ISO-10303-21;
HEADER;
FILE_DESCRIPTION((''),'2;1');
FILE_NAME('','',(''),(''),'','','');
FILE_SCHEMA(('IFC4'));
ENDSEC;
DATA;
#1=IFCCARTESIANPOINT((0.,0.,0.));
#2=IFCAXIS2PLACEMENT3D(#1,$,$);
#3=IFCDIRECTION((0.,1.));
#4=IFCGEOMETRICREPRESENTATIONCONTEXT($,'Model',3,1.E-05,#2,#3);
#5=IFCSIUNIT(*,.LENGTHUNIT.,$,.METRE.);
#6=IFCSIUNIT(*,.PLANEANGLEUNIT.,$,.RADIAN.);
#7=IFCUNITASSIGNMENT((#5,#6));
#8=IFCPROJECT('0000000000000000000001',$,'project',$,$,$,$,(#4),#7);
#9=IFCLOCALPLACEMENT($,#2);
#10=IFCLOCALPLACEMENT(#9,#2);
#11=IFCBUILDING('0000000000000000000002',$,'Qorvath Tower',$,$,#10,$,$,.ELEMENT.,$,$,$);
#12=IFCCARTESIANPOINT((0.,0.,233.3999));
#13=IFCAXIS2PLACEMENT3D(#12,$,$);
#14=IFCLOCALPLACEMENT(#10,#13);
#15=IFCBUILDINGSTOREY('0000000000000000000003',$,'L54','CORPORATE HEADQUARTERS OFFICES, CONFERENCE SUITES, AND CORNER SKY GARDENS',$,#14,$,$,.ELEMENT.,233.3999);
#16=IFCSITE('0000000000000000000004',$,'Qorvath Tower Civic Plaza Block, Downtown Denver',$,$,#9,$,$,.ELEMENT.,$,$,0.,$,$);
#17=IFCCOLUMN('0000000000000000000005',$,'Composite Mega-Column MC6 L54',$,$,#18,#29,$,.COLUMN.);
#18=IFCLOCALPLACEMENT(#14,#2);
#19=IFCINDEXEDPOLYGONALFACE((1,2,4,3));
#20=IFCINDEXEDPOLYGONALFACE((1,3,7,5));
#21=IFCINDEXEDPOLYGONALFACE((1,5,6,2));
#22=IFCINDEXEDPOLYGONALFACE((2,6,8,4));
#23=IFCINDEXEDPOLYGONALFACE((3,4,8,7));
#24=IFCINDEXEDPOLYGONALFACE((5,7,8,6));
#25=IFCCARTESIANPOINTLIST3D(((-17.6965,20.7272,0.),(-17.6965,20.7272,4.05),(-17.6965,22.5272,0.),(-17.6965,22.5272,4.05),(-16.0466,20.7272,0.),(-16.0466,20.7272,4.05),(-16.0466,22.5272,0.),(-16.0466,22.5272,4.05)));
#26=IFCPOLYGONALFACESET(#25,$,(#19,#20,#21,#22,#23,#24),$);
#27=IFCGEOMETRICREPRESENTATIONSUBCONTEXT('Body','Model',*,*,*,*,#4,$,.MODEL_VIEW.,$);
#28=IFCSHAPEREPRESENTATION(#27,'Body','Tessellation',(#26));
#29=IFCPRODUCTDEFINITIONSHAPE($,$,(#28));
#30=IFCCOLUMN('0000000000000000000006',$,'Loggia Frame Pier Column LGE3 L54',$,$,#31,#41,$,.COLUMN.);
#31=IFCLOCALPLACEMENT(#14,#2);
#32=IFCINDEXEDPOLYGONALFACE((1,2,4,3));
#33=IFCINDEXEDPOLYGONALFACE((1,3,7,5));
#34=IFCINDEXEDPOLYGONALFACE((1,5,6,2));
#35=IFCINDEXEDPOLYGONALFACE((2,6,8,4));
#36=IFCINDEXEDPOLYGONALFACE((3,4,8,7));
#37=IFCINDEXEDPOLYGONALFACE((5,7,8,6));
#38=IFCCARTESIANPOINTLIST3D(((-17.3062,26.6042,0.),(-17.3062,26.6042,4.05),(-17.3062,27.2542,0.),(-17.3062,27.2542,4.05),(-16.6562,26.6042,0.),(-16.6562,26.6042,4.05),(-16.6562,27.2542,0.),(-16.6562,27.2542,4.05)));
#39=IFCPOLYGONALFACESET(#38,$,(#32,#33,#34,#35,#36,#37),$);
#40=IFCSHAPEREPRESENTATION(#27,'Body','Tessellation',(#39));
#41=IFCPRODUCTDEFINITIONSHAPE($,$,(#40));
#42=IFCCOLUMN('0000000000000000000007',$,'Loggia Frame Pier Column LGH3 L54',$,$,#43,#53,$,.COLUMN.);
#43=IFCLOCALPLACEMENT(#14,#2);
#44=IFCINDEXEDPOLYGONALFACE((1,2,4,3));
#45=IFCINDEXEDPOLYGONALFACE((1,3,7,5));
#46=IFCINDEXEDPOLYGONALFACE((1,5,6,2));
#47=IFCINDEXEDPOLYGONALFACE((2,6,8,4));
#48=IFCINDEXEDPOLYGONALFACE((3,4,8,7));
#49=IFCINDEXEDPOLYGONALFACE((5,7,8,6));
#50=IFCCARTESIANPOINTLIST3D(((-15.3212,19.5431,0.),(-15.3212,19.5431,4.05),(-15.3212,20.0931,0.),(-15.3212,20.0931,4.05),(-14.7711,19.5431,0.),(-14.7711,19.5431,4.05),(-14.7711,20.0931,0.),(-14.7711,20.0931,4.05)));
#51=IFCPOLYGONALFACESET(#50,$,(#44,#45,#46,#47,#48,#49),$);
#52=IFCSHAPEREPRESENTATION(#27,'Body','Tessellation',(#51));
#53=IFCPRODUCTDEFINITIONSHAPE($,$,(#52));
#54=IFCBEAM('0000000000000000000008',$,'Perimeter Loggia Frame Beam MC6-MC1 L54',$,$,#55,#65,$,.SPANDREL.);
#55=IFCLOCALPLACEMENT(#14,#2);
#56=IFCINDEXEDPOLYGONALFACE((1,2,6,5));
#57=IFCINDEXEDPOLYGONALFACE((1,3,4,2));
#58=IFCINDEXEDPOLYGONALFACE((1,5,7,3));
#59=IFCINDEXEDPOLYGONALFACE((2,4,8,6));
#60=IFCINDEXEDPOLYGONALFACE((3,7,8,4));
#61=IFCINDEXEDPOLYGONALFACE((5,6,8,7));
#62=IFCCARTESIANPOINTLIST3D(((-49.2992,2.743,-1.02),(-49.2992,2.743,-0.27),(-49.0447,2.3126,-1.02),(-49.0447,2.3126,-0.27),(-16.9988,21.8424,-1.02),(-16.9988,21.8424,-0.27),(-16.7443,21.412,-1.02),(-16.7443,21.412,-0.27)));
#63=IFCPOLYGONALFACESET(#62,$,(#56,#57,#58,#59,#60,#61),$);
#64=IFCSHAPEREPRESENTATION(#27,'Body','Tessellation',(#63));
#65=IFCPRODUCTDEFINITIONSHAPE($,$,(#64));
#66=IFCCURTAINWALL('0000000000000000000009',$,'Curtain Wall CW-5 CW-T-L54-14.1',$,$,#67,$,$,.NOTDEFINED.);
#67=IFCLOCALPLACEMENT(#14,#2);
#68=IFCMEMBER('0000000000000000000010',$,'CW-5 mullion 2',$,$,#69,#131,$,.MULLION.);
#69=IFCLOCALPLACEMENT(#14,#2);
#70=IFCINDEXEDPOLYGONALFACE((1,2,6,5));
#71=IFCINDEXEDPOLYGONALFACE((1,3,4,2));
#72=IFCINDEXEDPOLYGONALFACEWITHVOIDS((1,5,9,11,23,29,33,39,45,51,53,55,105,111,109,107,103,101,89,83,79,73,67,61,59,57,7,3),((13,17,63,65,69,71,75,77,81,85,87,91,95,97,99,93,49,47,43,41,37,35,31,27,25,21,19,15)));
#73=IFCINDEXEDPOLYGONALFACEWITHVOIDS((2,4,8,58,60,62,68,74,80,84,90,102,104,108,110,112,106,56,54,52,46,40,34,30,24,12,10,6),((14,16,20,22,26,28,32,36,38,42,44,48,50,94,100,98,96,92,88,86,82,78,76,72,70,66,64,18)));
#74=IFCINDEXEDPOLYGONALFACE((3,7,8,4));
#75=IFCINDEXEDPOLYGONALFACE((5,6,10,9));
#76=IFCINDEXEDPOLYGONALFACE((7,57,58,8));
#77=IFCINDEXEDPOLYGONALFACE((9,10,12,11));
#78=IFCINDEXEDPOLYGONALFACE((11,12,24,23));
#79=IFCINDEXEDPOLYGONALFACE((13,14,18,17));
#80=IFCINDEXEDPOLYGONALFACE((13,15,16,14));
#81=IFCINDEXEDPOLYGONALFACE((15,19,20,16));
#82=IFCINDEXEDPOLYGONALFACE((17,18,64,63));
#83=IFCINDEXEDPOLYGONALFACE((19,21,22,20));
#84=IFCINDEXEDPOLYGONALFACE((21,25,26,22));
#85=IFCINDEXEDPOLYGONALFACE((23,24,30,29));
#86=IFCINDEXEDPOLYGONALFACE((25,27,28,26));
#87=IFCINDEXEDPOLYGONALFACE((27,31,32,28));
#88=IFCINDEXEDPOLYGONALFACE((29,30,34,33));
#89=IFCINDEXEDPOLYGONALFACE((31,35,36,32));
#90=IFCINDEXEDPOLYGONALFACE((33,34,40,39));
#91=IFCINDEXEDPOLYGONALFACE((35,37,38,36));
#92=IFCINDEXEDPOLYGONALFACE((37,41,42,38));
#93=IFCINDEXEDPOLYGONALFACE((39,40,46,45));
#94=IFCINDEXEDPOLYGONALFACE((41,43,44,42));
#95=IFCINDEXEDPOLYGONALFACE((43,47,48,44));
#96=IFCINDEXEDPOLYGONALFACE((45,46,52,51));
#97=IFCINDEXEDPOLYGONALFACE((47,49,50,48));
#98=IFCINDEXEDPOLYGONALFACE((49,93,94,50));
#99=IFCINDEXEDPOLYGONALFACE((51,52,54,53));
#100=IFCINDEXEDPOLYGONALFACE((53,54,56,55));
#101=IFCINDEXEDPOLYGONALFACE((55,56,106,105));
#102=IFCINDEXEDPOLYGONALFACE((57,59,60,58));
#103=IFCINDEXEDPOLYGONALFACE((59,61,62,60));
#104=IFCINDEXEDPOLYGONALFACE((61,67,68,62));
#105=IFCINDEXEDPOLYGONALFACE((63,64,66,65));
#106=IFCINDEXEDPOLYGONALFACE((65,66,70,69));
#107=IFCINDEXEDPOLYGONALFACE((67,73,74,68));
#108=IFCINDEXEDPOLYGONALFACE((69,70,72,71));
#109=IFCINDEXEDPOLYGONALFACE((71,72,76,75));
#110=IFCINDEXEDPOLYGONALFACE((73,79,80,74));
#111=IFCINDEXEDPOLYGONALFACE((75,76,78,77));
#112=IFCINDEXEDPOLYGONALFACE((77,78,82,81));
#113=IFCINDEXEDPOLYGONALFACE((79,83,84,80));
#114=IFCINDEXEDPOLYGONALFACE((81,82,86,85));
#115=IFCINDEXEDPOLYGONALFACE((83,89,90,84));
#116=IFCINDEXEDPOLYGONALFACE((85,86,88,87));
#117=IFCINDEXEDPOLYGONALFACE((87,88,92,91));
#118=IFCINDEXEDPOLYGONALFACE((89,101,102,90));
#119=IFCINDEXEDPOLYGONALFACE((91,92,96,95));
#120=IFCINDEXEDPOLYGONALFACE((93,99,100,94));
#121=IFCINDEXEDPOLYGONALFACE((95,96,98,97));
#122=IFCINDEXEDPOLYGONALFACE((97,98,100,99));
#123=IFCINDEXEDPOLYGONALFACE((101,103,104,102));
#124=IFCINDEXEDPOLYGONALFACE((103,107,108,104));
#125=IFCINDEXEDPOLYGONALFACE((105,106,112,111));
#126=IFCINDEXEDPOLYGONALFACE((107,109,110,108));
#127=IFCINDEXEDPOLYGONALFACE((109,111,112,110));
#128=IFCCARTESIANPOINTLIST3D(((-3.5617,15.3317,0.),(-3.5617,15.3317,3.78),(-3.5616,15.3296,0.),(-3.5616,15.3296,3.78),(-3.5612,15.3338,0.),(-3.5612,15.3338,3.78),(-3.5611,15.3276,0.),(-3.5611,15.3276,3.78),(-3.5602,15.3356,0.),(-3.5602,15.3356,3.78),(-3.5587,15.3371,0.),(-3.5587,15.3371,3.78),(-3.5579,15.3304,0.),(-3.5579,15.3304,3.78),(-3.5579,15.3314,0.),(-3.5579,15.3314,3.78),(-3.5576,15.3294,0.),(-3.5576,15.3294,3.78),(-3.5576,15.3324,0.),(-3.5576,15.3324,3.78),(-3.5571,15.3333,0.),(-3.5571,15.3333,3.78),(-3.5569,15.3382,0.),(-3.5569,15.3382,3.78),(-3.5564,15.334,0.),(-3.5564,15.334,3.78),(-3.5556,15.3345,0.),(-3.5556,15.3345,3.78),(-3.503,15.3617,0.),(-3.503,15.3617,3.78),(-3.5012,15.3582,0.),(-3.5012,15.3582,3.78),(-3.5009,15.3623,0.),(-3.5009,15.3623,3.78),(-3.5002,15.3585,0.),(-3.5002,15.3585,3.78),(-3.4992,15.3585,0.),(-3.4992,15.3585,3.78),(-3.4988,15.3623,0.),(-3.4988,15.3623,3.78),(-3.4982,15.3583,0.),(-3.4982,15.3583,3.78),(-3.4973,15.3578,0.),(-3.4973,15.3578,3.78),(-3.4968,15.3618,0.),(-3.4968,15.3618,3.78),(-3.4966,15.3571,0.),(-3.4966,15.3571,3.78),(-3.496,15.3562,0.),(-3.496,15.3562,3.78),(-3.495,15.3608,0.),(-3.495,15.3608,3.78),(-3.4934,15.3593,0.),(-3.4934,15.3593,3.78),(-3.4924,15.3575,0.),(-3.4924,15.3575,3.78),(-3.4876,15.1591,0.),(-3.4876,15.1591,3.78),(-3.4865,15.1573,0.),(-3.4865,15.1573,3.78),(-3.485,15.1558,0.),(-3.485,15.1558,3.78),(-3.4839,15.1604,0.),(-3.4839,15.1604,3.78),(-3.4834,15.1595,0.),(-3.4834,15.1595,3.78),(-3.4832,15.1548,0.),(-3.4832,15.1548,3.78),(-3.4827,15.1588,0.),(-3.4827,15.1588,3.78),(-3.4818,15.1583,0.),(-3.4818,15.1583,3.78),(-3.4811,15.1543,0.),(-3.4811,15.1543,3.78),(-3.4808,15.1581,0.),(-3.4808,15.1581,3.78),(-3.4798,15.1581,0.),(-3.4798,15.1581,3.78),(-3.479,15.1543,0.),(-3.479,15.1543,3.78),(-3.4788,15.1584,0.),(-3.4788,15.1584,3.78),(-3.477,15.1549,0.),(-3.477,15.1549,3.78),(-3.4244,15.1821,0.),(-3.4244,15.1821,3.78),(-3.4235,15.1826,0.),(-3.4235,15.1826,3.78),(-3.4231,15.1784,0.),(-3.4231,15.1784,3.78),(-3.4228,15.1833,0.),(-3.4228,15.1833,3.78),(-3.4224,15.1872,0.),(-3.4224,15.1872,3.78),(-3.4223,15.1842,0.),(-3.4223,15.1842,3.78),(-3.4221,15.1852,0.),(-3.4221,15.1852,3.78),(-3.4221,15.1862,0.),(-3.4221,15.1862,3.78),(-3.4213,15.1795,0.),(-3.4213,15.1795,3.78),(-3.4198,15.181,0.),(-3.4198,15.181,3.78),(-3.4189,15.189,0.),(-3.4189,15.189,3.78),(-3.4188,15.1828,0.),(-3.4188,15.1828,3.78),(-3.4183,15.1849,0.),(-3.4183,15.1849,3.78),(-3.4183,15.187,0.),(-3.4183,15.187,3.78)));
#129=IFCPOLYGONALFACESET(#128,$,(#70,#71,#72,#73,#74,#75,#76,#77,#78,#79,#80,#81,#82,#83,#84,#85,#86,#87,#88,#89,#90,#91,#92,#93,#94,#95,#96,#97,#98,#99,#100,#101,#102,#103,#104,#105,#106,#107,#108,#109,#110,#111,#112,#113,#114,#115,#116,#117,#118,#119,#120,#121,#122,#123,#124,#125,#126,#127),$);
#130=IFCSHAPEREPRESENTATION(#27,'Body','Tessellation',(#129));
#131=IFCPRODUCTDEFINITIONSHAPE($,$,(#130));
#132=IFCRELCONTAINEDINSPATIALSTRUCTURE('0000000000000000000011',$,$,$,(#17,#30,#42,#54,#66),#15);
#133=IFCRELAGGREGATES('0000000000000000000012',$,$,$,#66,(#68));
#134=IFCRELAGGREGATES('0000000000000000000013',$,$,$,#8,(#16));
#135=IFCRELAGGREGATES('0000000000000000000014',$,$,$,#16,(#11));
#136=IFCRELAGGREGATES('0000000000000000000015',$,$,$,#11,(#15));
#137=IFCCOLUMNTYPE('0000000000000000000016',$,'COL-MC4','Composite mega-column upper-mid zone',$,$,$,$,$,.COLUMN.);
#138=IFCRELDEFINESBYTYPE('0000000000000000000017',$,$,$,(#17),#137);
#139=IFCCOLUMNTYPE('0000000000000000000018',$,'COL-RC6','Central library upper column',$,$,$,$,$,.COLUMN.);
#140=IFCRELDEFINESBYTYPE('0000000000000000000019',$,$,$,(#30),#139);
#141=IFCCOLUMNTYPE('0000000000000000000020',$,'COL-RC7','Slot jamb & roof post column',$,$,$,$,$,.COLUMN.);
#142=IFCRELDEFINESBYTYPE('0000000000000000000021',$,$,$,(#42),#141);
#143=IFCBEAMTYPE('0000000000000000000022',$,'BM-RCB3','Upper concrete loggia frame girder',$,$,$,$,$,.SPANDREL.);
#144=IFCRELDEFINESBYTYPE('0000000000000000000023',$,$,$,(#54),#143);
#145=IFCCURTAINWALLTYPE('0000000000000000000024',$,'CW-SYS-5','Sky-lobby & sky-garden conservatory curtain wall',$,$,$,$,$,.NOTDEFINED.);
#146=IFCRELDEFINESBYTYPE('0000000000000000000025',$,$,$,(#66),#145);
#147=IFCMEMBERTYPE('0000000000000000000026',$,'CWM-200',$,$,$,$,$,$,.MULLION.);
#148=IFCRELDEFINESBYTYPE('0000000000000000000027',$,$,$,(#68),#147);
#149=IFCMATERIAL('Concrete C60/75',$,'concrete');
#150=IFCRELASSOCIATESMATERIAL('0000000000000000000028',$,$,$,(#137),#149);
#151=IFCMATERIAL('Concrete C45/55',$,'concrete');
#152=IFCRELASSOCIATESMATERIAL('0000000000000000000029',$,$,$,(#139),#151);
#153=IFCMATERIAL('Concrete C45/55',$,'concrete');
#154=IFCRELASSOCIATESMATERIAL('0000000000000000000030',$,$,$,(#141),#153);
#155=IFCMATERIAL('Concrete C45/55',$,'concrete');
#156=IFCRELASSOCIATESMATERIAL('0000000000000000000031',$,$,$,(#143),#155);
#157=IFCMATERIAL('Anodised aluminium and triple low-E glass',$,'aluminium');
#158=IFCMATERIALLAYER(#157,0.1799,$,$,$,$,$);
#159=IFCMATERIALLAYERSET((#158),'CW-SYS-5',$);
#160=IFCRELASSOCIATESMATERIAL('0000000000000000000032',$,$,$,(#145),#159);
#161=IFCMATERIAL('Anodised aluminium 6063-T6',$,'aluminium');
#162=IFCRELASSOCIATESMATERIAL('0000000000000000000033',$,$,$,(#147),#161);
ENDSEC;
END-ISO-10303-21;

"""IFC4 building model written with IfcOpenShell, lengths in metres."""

from ifc_helpers import new_model, si_unit, direction, frame, origin, origin_2d, place, context, subcontext, project, spatial, rectangle, hollow_rectangle, extrude, material, layer, layer_set, material_profile, profile_set, type_object, element, aggregate, save


model = new_model("IFC4")

# Units and contexts
model_context = context("Model", 3, precision=1e-05, world=origin(), true_north=direction((0.0, 1.0)))
body_context = subcontext(model_context, "Body", "Model", "MODEL_VIEW")
ifc_project = project(units=[si_unit("LENGTHUNIT", "METRE"), si_unit("PLANEANGLEUNIT", "RADIAN")], contexts=[model_context])

# Site, building, storey
site_placement = place(None, origin())
site = spatial("IfcSite", under=ifc_project, at=site_placement, Name="Qorvath Tower Civic Plaza Block, Downtown Denver", CompositionType="ELEMENT", RefElevation=0.0)
building_placement = place(site_placement, origin())
building = spatial("IfcBuilding", under=site, at=building_placement, Name="Qorvath Tower", CompositionType="ELEMENT")
storey_placement = place(building_placement, frame((0.0, 0.0, 233.3999)))
storey = spatial("IfcBuildingStorey", under=building, at=storey_placement, Name="L54", Description="CORPORATE HEADQUARTERS OFFICES, CONFERENCE SUITES, AND CORNER SKY GARDENS", CompositionType="ELEMENT", Elevation=233.3999)

# Columns
ifc_material_1 = material(Name="Concrete C60/75", Category="concrete")
ifc_material_profile_1 = material_profile(ifc_material_1, rectangle(XDim=1.6499, YDim=1.8, at=origin_2d()), Name="MC 1800x1650")
ifc_profile_set_1 = profile_set([ifc_material_profile_1], Name="Concrete C60/75")
column_type_1 = type_object("IfcColumnType", Name="COL-MC4", Description="Composite mega-column upper-mid zone", PredefinedType="COLUMN", material=ifc_profile_set_1)
column_1_placement = place(storey_placement, frame((-16.8716, 21.6272, 0.0), z_axis=(0.0, 0.0, 1.0), x_axis=(1.0, 0.0, 0.0)))
element("IfcColumn", 1, at=column_1_placement, inside=storey, type_object=column_type_1, Name="Composite Mega-Column MC6 L54", PredefinedType="COLUMN", context=body_context, shape_type="SweptSolid", body=[
    extrude(rectangle(XDim=1.6499, YDim=1.8, at=origin_2d()), origin(), (0.0, 0.0, 1.0), 4.05),
])
ifc_material_2 = material(Name="Concrete C45/55", Category="concrete")
ifc_material_profile_2 = material_profile(ifc_material_2, rectangle(XDim=0.6499, YDim=0.6499, at=origin_2d()), Name="RC 650x650")
ifc_profile_set_2 = profile_set([ifc_material_profile_2], Name="Concrete C45/55")
column_type_2 = type_object("IfcColumnType", Name="COL-RC6", Description="Central library upper column", PredefinedType="COLUMN", material=ifc_profile_set_2)
column_2_placement = place(storey_placement, frame((-16.9812, 26.9292, 0.0), z_axis=(0.0, 0.0, 1.0), x_axis=(1.0, 0.0, 0.0)))
element("IfcColumn", 2, at=column_2_placement, inside=storey, type_object=column_type_2, Name="Loggia Frame Pier Column LGE3 L54", PredefinedType="COLUMN", context=body_context, shape_type="SweptSolid", body=[
    extrude(rectangle(XDim=0.6499, YDim=0.6499, at=origin_2d()), origin(), (0.0, 0.0, 1.0), 4.05),
])
ifc_material_3 = material(Name="Concrete C45/55", Category="concrete")
ifc_material_profile_3 = material_profile(ifc_material_3, rectangle(XDim=0.55, YDim=0.55, at=origin_2d()), Name="RC 550x550")
ifc_profile_set_3 = profile_set([ifc_material_profile_3], Name="Concrete C45/55")
column_type_3 = type_object("IfcColumnType", Name="COL-RC7", Description="Slot jamb & roof post column", PredefinedType="COLUMN", material=ifc_profile_set_3)
column_3_placement = place(storey_placement, frame((-15.0461, 19.8181, 0.0), z_axis=(0.0, 0.0, 1.0), x_axis=(1.0, 0.0, 0.0)))
element("IfcColumn", 3, at=column_3_placement, inside=storey, type_object=column_type_3, Name="Loggia Frame Pier Column LGH3 L54", PredefinedType="COLUMN", context=body_context, shape_type="SweptSolid", body=[
    extrude(rectangle(XDim=0.55, YDim=0.55, at=origin_2d()), origin(), (0.0, 0.0, 1.0), 4.05),
])

# Beam
ifc_material_4 = material(Name="Concrete C45/55", Category="concrete")
ifc_material_profile_4 = material_profile(ifc_material_4, rectangle(XDim=0.5, YDim=0.75, at=origin_2d()), Name="RCB 750x500")
ifc_profile_set_4 = profile_set([ifc_material_profile_4], Name="Concrete C45/55")
beam_type = type_object("IfcBeamType", Name="BM-RCB3", Description="Upper concrete loggia frame girder", PredefinedType="SPANDREL", material=ifc_profile_set_4)
beam_placement = place(storey_placement, frame((-16.8716, 21.6272, -0.645), z_axis=(-0.860777, -0.508983, 0.0), x_axis=(0.508983, -0.860777, 0.0)))
element("IfcBeam", 4, at=beam_placement, inside=storey, type_object=beam_type, Name="Perimeter Loggia Frame Beam MC6-MC1 L54", PredefinedType="SPANDREL", context=body_context, shape_type="SweptSolid", body=[
    extrude(rectangle(XDim=0.5, YDim=0.75, at=origin_2d()), origin(), (0.0, 0.0, 1.0), 37.5247),
])

# Curtain wall, member
ifc_material_5 = material(Name="Anodised aluminium and triple low-E glass", Category="aluminium")
ifc_layer_1 = layer(ifc_material_5, 0.1799)
ifc_layer_set_1 = layer_set([ifc_layer_1], Name="CW-SYS-5")
curtain_wall_type = type_object("IfcCurtainWallType", Name="CW-SYS-5", Description="Sky-lobby & sky-garden conservatory curtain wall", PredefinedType="NOTDEFINED", material=ifc_layer_set_1)
curtain_wall_1_placement = place(storey_placement, origin())
curtain_wall_1 = element("IfcCurtainWall", 5, at=curtain_wall_1_placement, inside=storey, type_object=curtain_wall_type, Name="Curtain Wall CW-5 CW-T-L54-14.1", PredefinedType="NOTDEFINED")
ifc_material_6 = material(Name="Anodised aluminium 6063-T6", Category="aluminium")
ifc_material_profile_5 = material_profile(ifc_material_6, hollow_rectangle(XDim=0.075, YDim=0.2, WallThickness=0.0039, InnerFilletRadius=0.0039, OuterFilletRadius=0.0081, at=origin_2d()), Name="CWM 200x75")
ifc_profile_set_5 = profile_set([ifc_material_profile_5], Name="Anodised aluminium 6063-T6")
member_type_1 = type_object("IfcMemberType", Name="CWM-200", PredefinedType="MULLION", material=ifc_profile_set_5)
member_1_placement = place(storey_placement, frame((-3.49, 15.2583, 0.0), z_axis=(0.0, 0.0, 1.0), x_axis=(-0.916729, -0.399511, 0.0)))
member_1 = element("IfcMember", 6, at=member_1_placement, type_object=member_type_1, Name="CW-5 mullion 2", PredefinedType="MULLION", context=body_context, shape_type="SweptSolid", body=[
    extrude(hollow_rectangle(XDim=0.075, YDim=0.2, WallThickness=0.0039, InnerFilletRadius=0.0039, OuterFilletRadius=0.0081, at=origin_2d()), origin(), (0.0, 0.0, 1.0), 3.78),
])

aggregate(curtain_wall_1, [member_1])

save(model, "model.ifc")
